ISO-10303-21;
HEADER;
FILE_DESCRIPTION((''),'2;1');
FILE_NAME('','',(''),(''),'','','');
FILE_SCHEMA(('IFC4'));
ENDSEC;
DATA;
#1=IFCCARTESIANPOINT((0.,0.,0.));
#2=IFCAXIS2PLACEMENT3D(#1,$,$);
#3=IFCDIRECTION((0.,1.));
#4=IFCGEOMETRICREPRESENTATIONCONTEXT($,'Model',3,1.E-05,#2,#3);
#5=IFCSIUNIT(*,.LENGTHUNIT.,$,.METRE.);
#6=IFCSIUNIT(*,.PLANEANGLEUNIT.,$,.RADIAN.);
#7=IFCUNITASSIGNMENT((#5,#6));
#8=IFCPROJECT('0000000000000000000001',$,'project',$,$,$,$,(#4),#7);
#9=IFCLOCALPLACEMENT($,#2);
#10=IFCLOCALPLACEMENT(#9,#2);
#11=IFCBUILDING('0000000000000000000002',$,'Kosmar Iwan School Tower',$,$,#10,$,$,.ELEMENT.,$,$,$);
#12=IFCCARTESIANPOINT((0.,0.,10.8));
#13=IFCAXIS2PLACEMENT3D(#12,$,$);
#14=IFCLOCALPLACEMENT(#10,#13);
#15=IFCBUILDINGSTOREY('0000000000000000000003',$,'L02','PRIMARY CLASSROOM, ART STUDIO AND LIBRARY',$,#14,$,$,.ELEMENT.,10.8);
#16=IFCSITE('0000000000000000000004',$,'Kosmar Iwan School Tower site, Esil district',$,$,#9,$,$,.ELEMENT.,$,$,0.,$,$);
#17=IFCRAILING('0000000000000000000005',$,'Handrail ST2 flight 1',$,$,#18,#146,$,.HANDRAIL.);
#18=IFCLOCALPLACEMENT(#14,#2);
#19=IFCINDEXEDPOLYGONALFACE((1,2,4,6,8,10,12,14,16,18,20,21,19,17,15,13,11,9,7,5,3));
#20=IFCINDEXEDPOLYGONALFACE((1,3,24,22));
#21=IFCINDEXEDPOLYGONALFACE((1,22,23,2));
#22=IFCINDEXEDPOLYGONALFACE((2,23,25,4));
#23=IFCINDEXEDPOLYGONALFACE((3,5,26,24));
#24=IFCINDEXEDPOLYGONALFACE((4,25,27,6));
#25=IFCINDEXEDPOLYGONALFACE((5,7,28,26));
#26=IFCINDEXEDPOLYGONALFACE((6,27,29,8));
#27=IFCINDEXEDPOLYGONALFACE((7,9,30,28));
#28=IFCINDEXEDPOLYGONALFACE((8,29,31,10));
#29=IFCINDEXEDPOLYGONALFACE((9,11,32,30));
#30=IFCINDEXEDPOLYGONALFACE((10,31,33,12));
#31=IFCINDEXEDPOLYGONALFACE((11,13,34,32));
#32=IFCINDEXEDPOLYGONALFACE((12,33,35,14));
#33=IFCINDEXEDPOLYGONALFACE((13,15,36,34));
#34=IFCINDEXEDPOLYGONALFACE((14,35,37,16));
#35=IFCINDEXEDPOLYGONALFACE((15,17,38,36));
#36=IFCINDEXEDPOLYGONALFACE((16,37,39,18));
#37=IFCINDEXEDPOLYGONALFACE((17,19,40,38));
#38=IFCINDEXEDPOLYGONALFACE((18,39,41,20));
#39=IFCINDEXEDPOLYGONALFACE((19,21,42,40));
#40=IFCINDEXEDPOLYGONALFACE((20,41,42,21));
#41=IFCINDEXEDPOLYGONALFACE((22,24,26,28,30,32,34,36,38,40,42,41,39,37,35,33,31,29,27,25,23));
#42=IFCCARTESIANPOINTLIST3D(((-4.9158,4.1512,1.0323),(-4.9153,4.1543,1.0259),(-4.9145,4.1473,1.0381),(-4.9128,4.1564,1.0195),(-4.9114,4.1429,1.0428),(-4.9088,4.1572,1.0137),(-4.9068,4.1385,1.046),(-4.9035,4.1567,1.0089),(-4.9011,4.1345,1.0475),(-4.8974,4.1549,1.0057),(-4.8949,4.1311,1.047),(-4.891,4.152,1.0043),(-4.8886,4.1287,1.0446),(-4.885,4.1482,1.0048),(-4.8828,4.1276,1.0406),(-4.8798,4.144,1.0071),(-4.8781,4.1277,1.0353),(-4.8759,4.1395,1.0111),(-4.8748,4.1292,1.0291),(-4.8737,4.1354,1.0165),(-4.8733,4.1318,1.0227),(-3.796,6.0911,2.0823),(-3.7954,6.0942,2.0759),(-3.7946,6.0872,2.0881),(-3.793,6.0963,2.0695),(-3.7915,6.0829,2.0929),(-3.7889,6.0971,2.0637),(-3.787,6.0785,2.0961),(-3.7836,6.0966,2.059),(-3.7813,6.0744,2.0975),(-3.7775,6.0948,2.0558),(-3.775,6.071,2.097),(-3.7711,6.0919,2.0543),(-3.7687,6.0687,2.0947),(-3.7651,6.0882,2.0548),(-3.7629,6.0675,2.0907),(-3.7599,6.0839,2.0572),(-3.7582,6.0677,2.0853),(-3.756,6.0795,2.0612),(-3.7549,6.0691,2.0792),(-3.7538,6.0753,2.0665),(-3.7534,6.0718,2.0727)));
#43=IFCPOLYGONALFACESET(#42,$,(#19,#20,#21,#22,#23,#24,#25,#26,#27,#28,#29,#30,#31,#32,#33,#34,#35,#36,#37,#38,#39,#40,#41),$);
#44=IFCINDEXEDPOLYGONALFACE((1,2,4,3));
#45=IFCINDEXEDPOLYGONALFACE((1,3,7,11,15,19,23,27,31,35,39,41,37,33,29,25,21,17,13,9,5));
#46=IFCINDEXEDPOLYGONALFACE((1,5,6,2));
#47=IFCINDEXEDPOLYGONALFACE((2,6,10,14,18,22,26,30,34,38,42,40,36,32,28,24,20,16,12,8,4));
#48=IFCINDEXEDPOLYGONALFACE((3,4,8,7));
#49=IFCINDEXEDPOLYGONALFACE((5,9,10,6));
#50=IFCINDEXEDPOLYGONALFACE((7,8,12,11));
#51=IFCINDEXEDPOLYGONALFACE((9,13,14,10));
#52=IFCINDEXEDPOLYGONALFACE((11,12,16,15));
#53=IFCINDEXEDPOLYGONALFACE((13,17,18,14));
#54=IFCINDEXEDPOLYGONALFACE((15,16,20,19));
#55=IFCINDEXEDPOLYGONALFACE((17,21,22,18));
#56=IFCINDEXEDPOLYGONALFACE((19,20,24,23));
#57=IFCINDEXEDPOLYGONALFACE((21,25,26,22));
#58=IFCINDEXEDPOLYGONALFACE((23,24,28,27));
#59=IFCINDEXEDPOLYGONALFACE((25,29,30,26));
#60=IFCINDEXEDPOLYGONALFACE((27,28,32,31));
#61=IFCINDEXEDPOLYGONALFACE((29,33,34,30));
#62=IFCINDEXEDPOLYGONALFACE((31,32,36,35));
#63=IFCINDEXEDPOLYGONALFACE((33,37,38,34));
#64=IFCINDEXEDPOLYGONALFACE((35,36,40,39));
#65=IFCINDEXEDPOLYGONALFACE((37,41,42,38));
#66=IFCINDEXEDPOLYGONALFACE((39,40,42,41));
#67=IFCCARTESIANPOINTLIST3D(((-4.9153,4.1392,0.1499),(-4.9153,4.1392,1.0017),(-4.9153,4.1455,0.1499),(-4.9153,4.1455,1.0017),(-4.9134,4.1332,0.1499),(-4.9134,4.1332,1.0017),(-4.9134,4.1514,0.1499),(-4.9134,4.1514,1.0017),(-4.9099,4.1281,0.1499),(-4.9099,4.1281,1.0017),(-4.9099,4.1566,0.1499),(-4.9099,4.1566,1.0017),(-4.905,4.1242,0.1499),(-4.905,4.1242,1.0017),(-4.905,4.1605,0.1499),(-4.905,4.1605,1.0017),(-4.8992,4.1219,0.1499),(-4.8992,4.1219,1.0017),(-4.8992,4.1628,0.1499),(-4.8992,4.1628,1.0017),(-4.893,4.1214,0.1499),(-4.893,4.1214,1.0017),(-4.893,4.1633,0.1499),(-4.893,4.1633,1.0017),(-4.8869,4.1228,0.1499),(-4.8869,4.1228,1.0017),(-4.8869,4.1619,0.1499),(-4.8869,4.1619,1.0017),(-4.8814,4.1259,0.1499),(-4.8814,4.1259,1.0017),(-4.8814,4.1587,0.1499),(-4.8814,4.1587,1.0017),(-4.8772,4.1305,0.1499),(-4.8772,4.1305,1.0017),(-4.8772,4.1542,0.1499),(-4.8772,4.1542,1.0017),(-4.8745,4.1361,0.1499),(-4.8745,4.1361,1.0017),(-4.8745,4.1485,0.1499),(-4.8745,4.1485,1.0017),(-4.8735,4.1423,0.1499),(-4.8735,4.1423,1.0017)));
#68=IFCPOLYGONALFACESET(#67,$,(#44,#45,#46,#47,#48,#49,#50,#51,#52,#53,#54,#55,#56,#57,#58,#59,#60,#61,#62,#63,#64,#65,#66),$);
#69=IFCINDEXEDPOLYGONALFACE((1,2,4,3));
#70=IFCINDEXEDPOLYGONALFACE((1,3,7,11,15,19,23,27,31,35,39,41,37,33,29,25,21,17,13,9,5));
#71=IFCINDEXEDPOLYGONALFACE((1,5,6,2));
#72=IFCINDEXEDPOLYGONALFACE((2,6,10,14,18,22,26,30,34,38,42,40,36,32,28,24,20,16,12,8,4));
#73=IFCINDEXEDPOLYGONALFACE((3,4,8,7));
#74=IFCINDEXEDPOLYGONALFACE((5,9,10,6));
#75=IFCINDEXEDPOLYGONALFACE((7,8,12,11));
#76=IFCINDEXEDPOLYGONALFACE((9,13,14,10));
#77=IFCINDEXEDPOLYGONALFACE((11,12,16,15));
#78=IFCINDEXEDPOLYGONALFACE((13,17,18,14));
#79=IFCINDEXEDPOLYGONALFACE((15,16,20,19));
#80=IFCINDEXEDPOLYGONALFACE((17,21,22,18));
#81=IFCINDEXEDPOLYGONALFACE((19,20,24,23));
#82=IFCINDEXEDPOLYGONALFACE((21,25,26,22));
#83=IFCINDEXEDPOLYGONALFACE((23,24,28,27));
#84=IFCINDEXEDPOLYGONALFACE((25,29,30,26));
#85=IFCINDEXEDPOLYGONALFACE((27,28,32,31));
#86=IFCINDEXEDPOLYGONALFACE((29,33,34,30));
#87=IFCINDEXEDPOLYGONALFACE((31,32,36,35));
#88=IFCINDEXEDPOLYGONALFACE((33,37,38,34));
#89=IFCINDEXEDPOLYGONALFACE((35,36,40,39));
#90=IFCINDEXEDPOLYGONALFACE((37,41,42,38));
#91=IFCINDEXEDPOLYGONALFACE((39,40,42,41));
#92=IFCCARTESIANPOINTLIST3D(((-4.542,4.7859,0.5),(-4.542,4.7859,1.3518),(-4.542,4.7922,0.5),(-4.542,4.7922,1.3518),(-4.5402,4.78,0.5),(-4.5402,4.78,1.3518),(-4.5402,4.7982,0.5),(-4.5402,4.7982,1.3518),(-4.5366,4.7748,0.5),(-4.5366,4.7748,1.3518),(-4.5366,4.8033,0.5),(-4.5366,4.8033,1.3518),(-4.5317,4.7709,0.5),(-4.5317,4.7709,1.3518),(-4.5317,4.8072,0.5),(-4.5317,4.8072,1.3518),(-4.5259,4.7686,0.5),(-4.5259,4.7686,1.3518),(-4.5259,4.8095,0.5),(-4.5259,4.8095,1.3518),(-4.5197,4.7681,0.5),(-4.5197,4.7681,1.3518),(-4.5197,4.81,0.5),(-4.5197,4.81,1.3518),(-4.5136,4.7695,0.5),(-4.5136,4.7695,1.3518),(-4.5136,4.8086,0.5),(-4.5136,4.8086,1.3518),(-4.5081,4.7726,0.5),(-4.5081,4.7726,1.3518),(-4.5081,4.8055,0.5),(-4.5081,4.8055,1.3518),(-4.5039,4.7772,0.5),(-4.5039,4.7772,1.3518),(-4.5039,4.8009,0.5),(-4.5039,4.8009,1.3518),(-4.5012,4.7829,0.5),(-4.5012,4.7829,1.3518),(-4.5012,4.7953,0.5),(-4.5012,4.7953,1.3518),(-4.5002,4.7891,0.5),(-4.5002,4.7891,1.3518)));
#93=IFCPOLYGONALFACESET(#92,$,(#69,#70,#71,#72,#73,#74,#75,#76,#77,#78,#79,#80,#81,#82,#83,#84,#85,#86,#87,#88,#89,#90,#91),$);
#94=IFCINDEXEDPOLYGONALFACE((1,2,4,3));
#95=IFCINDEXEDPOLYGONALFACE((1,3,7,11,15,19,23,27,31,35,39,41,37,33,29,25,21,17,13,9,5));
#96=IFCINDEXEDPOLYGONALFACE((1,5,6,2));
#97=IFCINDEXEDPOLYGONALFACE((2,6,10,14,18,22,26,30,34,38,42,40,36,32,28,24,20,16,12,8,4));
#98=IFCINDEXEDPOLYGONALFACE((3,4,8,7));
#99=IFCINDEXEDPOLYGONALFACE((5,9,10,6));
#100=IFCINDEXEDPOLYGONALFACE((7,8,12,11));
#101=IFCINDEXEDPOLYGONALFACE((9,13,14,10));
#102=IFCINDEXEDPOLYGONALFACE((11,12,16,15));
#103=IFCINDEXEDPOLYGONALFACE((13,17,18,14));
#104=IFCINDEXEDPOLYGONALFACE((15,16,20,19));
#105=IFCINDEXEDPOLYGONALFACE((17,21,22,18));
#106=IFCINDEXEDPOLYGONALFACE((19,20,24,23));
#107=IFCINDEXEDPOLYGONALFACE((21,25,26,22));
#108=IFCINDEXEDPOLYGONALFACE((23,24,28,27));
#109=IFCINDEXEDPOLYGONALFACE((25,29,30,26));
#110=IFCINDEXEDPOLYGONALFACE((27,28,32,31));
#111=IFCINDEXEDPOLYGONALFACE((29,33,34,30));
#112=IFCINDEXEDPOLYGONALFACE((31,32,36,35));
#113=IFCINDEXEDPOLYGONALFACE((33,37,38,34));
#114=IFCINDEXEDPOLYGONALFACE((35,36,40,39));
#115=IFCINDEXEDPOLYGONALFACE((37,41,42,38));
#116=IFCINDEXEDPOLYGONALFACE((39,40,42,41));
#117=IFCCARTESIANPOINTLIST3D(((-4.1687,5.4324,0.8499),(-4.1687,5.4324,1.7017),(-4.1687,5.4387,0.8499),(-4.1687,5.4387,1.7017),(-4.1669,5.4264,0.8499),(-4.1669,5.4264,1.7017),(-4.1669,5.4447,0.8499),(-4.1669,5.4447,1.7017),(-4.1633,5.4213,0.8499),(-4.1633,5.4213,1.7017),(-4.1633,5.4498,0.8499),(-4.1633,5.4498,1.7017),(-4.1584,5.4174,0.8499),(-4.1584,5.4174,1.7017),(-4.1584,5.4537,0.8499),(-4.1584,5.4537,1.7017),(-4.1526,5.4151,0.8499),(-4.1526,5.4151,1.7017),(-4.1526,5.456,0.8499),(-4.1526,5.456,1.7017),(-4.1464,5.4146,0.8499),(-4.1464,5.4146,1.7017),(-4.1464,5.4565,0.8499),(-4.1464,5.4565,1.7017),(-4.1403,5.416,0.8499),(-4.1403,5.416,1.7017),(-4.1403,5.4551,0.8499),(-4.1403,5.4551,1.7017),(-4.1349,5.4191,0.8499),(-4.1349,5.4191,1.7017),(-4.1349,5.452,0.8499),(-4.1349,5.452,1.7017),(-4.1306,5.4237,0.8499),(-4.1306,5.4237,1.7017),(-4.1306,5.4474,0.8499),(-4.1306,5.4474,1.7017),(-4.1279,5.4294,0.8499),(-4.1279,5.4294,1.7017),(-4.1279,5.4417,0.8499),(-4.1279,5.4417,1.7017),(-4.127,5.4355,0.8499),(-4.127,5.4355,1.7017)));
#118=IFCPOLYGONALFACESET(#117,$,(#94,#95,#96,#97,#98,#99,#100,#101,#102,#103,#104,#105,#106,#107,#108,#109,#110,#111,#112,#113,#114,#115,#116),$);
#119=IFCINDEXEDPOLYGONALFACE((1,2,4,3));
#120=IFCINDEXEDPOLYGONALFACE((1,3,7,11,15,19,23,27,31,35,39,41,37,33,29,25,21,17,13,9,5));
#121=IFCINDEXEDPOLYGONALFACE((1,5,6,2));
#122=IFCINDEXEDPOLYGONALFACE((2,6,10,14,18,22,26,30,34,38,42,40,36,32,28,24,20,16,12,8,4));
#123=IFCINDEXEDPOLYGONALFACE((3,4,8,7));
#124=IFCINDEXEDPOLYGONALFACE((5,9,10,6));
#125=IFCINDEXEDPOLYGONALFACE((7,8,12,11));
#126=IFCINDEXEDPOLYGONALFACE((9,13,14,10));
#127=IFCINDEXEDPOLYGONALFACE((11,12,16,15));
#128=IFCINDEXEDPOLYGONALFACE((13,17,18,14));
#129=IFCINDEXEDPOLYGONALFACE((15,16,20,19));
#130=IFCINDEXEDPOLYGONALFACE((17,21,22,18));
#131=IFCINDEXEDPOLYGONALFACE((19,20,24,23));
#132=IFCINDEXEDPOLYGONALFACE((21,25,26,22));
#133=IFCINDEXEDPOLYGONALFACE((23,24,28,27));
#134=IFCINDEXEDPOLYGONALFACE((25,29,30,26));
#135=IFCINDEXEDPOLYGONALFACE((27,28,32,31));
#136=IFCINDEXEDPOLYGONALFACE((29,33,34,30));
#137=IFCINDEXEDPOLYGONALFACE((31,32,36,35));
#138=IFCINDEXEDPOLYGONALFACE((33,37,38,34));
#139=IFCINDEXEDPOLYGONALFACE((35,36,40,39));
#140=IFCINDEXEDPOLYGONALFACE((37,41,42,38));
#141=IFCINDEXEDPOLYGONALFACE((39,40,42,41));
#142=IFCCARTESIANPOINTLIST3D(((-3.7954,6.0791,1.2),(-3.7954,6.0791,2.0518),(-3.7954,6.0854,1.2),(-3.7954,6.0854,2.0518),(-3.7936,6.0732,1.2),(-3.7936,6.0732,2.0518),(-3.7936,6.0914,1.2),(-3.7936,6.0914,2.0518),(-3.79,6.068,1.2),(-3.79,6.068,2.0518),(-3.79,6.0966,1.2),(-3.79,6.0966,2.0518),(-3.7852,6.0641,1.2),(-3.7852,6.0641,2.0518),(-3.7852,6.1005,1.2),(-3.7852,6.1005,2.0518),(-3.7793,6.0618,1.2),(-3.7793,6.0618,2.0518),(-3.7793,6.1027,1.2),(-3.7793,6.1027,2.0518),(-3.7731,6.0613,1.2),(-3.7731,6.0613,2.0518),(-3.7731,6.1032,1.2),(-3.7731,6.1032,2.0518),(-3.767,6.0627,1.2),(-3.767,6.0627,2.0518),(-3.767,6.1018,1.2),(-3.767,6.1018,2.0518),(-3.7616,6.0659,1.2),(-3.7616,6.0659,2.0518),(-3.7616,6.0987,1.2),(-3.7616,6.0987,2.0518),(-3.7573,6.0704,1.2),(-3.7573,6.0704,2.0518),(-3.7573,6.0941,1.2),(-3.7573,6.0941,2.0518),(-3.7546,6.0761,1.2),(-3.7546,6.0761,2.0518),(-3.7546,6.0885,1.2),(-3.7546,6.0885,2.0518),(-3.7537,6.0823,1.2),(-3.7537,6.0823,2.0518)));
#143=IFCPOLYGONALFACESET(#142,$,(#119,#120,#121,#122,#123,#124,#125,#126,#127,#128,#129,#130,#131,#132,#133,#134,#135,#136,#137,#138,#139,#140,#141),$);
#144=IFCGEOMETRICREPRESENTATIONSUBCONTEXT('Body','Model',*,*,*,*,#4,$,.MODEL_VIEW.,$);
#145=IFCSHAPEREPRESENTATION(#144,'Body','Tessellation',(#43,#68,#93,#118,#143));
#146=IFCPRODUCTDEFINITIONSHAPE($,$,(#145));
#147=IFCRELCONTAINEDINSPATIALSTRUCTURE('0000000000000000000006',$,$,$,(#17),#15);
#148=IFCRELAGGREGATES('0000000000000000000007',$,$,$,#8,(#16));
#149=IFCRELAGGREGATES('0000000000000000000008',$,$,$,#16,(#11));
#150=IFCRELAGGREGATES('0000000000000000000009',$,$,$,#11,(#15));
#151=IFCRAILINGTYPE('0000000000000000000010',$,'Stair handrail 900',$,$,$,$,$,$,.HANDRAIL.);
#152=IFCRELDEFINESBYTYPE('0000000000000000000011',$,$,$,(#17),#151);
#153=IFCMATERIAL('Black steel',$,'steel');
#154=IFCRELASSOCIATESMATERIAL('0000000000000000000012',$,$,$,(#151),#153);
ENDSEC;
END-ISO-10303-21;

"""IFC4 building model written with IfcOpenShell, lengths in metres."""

from ifc_helpers import new_model, si_unit, direction, frame, origin, origin_2d, place, context, subcontext, project, spatial, circle, extrude, material, type_object, element, save


model = new_model("IFC4")

# Units and contexts
model_context = context("Model", 3, precision=1e-05, world=origin(), true_north=direction((0.0, 1.0)))
body_context = subcontext(model_context, "Body", "Model", "MODEL_VIEW")
ifc_project = project(units=[si_unit("LENGTHUNIT", "METRE"), si_unit("PLANEANGLEUNIT", "RADIAN")], contexts=[model_context])

# Site, building, storey
site_placement = place(None, origin())
site = spatial("IfcSite", under=ifc_project, at=site_placement, Name="Kosmar Iwan School Tower site, Esil district", CompositionType="ELEMENT", RefElevation=0.0)
building_placement = place(site_placement, origin())
building = spatial("IfcBuilding", under=site, at=building_placement, Name="Kosmar Iwan School Tower", CompositionType="ELEMENT")
storey_placement = place(building_placement, frame((0.0, 0.0, 10.8)))
storey = spatial("IfcBuildingStorey", under=building, at=storey_placement, Name="L02", Description="PRIMARY CLASSROOM, ART STUDIO AND LIBRARY", CompositionType="ELEMENT", Elevation=10.8)

# Railing
ifc_material_1 = material(Name="Black steel", Category="steel")
railing_type = type_object("IfcRailingType", Name="Stair handrail 900", PredefinedType="HANDRAIL", material=ifc_material_1)
railing_1_placement = place(storey_placement, frame((-4.8945, 4.1423, 0.1499)))
element("IfcRailing", 1, at=railing_1_placement, inside=storey, type_object=railing_type, Name="Handrail ST2 flight 1", PredefinedType="HANDRAIL", context=body_context, shape_type="SweptSolid", body=[
    extrude(circle(Radius=0.0239, at=origin_2d()), frame((0.0, 0.0, 0.876), z_axis=(0.452678, 0.784169, 0.424454), x_axis=(-0.866055, 0.499949, 0.0)), (0.0, 0.0, 1.0), 2.4739),
    extrude(circle(Radius=0.021, at=origin_2d()), origin(), (0.0, 0.0, 1.0), 0.8518),
    extrude(circle(Radius=0.021, at=origin_2d()), frame((0.3733, 0.6467, 0.3501)), (0.0, 0.0, 1.0), 0.8518),
    extrude(circle(Radius=0.021, at=origin_2d()), frame((0.7466, 1.2932, 0.7)), (0.0, 0.0, 1.0), 0.8518),
    extrude(circle(Radius=0.021, at=origin_2d()), frame((1.1199, 1.9399, 1.05)), (0.0, 0.0, 1.0), 0.8518),
])

save(model, "model.ifc")
